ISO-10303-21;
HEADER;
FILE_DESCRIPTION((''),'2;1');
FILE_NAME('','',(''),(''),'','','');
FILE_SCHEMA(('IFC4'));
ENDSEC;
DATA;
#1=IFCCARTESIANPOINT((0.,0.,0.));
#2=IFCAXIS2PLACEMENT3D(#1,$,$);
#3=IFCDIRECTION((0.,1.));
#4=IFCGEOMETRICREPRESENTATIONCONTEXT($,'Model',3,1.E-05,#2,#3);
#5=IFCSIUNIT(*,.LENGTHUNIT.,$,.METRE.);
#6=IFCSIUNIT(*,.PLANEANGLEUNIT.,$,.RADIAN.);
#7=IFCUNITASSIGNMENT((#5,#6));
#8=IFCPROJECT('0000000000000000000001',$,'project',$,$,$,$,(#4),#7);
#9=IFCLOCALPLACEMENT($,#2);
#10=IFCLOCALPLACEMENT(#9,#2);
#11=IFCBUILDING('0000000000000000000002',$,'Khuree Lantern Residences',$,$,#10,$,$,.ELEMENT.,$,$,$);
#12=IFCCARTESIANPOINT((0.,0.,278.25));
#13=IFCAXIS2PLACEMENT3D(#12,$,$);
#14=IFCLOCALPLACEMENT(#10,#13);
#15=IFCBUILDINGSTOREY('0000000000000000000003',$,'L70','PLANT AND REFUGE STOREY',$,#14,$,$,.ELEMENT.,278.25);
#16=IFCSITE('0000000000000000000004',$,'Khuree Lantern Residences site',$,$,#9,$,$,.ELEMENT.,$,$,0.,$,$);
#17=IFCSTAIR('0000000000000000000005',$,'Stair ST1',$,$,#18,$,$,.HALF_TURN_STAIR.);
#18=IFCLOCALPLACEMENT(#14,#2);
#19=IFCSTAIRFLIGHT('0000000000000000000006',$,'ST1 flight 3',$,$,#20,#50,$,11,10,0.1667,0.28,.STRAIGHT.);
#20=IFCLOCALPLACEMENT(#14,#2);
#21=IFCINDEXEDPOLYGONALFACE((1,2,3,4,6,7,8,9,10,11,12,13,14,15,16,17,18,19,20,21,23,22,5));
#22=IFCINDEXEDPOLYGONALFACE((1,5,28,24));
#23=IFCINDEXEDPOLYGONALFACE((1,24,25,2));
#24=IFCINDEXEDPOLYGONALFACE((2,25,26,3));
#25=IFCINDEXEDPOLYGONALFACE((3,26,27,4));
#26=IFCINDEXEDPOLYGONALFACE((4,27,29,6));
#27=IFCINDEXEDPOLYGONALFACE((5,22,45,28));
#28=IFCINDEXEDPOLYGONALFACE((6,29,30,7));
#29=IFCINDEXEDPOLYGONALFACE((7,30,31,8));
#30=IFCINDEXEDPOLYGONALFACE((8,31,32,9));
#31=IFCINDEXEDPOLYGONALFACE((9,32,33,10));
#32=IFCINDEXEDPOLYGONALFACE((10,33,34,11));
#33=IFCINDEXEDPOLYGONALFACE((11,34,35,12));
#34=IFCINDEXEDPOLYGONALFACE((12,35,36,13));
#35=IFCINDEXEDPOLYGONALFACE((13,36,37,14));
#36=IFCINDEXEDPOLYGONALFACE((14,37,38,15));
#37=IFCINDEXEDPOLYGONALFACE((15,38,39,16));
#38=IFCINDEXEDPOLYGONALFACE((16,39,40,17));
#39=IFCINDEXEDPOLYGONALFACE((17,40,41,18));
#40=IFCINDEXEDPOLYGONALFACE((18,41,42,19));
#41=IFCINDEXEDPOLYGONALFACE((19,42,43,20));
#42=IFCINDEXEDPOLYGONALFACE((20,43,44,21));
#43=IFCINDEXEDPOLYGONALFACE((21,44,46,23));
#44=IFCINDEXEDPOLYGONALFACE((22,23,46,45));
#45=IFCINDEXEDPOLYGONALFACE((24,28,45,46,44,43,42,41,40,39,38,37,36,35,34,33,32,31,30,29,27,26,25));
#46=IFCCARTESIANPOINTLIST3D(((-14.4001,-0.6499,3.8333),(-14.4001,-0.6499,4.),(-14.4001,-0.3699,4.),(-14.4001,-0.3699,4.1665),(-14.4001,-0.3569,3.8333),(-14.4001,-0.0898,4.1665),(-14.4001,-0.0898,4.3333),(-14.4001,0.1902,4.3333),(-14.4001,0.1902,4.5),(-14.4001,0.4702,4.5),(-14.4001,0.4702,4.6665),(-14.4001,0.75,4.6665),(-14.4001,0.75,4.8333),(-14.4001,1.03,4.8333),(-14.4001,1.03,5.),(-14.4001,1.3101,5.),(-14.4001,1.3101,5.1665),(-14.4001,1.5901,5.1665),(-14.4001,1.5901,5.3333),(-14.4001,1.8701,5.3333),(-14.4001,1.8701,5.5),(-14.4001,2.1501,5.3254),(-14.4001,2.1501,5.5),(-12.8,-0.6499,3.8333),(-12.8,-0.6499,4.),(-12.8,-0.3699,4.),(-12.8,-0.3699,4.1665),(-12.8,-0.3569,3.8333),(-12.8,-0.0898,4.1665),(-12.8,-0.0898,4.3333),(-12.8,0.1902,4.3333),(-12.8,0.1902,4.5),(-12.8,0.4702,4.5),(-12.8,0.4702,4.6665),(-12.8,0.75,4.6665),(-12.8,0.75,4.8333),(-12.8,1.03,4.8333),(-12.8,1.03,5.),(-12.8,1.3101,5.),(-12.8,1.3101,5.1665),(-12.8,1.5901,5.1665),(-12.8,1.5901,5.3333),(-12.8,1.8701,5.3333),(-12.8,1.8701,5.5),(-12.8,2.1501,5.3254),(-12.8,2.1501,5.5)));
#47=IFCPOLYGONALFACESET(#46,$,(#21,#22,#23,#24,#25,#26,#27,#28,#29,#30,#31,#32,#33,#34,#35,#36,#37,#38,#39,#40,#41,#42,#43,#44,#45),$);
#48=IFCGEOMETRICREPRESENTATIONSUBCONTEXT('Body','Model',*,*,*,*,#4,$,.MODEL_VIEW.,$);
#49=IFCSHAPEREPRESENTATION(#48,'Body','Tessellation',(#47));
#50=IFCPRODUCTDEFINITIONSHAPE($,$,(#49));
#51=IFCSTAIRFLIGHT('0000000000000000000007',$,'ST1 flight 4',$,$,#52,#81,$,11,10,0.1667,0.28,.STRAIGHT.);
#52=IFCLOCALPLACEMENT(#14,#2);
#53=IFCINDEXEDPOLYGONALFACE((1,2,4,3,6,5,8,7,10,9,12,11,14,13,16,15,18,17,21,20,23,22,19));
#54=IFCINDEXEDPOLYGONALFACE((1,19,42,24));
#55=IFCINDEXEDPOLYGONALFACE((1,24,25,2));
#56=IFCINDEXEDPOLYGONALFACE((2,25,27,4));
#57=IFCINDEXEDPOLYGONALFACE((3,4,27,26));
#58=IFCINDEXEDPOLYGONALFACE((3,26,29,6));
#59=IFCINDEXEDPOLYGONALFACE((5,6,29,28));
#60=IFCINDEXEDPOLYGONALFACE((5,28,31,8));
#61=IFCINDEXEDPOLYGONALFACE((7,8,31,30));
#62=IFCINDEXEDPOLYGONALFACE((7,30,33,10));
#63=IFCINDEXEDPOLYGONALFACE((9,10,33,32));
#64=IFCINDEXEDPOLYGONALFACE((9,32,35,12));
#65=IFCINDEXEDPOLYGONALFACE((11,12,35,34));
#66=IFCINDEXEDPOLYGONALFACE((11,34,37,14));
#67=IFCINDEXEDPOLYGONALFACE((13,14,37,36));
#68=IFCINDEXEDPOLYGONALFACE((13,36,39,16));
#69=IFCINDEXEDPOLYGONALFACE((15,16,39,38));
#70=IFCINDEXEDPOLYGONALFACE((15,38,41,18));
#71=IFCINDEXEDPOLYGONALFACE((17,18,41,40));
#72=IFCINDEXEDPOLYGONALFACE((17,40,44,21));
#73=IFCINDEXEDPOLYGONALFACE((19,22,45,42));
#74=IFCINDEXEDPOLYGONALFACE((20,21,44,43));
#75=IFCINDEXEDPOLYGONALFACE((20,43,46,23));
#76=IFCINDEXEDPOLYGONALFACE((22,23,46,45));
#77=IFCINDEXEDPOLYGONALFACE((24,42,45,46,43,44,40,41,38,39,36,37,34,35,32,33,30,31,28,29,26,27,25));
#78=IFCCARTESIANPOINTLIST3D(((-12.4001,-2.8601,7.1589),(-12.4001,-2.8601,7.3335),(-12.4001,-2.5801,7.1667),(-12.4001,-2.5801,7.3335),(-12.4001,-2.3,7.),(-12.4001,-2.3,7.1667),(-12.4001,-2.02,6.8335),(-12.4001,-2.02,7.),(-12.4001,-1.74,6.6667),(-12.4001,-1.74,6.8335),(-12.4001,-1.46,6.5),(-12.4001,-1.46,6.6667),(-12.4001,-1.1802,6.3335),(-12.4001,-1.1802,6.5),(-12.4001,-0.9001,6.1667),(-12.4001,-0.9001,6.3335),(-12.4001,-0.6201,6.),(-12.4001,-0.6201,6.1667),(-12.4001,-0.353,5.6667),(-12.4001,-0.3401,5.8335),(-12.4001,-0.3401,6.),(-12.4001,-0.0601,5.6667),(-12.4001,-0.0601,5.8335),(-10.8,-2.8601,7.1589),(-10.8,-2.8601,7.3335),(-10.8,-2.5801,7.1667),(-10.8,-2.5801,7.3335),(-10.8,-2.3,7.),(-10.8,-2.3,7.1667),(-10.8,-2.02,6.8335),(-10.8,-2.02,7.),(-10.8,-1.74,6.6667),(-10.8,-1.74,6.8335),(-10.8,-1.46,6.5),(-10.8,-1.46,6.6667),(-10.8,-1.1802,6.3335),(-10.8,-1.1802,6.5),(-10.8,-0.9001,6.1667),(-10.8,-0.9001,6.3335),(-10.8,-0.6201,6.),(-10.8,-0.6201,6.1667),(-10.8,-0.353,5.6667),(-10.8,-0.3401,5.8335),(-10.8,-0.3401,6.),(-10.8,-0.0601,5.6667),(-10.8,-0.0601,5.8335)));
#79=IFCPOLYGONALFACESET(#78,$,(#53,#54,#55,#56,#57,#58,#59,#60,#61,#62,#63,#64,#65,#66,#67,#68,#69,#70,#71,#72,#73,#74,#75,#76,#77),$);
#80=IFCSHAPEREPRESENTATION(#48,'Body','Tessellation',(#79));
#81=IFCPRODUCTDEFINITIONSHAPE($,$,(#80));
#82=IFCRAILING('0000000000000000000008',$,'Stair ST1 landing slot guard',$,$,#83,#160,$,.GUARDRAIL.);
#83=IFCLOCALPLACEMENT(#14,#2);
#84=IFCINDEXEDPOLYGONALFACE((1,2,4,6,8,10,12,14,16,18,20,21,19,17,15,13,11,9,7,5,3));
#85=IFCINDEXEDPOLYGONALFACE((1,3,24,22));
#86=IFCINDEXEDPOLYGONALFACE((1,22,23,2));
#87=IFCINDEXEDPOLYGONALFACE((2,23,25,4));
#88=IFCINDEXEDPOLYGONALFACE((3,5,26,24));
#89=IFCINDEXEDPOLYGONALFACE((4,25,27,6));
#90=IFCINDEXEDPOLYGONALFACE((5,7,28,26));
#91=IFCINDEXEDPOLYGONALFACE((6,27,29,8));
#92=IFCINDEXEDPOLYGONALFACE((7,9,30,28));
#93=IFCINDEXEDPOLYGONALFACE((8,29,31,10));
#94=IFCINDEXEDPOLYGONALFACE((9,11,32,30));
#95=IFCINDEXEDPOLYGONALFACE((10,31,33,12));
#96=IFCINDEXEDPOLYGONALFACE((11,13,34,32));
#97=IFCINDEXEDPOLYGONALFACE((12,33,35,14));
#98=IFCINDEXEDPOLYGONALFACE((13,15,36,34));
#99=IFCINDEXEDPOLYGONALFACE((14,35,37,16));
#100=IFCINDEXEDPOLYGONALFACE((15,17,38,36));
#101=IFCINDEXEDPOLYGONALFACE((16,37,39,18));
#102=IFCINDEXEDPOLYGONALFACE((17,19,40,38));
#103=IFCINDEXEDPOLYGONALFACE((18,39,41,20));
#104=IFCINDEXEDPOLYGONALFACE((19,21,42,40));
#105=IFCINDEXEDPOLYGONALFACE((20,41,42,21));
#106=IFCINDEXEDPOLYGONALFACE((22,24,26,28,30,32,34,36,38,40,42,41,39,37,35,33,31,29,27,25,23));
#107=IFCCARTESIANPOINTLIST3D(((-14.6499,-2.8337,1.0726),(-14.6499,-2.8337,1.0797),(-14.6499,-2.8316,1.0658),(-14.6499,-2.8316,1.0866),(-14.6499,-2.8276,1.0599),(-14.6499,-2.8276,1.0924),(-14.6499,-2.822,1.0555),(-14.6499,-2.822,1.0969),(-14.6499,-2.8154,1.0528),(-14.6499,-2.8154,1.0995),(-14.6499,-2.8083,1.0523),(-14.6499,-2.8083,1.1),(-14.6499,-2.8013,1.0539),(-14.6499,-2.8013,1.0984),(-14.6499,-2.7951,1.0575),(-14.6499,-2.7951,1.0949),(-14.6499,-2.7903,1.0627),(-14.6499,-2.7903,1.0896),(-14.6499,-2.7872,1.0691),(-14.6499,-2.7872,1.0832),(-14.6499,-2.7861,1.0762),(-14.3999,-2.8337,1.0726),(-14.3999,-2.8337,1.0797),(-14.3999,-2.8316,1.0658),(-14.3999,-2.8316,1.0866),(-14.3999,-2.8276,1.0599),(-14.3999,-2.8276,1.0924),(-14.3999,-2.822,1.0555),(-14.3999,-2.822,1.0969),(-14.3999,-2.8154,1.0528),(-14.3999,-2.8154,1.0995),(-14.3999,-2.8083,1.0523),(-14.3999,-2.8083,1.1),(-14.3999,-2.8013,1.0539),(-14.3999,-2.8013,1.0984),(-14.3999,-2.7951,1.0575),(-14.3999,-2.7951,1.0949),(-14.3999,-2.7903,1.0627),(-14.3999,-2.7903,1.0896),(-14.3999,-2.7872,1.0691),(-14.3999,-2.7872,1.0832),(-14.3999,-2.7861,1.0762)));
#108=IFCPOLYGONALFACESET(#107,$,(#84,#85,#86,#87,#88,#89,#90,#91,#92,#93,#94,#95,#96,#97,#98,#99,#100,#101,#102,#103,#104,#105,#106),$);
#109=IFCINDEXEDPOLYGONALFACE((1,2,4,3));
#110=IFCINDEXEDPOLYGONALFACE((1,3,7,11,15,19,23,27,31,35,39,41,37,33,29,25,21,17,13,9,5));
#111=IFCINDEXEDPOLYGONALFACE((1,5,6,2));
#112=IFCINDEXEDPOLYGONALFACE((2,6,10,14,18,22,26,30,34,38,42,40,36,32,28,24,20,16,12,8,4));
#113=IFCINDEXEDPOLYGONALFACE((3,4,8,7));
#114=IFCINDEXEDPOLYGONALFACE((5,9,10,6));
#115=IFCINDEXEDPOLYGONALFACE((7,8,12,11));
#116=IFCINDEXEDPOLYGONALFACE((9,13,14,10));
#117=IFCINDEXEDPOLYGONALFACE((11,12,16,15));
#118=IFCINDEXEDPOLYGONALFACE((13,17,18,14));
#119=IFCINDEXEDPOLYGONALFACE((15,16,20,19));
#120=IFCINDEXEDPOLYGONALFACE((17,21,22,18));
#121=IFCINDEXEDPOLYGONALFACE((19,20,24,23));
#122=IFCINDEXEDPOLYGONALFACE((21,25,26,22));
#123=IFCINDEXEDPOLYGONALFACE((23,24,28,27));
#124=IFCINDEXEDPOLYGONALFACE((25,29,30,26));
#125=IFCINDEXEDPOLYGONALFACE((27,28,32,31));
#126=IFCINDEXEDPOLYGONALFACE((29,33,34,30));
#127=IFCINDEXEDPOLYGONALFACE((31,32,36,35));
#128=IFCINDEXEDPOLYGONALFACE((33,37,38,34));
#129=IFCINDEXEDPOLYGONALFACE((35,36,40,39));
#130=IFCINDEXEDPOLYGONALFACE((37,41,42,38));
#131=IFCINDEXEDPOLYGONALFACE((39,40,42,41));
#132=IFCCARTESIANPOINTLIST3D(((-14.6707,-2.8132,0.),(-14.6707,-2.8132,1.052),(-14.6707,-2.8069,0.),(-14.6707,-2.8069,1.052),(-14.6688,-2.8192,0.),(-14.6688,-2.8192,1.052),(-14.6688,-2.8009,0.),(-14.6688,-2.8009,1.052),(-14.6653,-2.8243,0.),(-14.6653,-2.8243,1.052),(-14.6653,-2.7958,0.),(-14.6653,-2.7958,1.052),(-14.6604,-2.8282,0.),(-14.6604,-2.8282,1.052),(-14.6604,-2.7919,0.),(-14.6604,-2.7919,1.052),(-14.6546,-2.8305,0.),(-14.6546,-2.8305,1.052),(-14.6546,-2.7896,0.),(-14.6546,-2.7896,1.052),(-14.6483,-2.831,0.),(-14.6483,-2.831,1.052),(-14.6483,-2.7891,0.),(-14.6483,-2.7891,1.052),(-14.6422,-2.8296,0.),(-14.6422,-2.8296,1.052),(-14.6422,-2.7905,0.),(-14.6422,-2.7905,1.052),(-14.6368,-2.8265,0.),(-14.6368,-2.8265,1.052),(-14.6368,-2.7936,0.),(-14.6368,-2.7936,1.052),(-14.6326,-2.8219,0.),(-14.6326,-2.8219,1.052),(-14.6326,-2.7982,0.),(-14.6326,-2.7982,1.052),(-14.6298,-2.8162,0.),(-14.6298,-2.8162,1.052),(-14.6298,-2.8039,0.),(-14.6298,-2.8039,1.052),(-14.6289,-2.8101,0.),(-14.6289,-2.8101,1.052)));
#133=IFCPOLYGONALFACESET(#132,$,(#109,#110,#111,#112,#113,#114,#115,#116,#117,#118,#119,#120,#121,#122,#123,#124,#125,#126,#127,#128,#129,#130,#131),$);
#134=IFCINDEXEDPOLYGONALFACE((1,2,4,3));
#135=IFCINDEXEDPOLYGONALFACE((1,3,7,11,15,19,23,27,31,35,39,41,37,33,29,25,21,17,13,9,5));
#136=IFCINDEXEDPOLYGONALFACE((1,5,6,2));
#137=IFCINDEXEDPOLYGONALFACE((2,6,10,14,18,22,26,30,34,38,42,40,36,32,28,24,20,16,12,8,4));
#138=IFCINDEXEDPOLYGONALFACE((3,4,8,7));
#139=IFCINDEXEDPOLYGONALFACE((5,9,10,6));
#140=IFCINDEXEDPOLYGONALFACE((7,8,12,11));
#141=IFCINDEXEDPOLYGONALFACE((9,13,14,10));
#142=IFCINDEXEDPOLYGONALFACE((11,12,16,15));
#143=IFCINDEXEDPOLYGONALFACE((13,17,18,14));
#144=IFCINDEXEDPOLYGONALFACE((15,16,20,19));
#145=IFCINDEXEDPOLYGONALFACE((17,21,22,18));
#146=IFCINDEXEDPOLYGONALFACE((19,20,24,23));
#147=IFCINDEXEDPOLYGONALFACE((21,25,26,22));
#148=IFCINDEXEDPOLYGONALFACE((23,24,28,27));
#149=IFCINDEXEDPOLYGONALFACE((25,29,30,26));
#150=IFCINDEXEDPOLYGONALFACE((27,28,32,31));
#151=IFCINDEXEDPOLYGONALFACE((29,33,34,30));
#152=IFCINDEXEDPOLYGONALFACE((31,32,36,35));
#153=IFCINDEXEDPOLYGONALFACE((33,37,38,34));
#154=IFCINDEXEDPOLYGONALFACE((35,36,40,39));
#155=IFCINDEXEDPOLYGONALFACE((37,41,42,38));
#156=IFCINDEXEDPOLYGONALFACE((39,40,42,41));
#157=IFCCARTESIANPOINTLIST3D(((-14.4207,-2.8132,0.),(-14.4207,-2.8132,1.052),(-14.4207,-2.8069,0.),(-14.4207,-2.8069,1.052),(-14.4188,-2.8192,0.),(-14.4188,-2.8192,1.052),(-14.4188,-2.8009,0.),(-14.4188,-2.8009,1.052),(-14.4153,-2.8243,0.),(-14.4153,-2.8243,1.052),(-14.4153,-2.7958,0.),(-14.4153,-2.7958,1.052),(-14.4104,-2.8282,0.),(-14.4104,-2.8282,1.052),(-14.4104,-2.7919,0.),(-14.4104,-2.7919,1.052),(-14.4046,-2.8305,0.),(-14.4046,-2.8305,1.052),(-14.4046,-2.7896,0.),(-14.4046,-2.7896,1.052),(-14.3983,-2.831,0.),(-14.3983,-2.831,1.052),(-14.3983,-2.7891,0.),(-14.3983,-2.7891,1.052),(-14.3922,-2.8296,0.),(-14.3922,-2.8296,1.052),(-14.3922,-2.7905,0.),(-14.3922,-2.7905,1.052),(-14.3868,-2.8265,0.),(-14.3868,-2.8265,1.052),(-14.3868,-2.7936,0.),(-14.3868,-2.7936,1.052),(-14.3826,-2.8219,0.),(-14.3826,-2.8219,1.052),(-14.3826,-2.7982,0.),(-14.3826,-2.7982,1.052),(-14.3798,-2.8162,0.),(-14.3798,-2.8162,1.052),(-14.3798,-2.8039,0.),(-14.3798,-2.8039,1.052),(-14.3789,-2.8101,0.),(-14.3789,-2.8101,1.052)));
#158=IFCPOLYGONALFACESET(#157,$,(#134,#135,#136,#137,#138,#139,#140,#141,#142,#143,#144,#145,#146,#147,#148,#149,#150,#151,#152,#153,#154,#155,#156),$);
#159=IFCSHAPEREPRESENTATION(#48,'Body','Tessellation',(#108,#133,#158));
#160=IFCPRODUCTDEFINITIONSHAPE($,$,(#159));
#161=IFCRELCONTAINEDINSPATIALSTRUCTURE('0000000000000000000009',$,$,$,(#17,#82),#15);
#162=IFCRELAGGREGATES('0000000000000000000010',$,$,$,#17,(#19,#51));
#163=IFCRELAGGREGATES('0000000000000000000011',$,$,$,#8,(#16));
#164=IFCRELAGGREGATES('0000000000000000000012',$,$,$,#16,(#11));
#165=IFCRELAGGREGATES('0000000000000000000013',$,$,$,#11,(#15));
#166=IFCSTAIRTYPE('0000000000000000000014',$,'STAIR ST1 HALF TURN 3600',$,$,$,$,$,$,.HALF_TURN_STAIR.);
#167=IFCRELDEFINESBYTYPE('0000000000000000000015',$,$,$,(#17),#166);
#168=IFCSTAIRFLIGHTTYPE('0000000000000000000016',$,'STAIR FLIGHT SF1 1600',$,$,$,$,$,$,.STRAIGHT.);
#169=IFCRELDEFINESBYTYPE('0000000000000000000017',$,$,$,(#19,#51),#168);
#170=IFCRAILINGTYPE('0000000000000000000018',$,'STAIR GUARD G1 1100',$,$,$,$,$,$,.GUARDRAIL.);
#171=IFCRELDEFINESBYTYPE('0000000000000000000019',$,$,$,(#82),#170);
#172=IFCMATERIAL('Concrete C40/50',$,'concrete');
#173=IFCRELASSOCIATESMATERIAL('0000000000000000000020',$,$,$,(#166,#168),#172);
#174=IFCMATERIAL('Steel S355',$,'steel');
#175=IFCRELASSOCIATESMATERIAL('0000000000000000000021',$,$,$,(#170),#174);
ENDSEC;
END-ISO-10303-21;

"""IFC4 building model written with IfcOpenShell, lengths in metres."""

from ifc_helpers import new_model, si_unit, direction, frame, origin, origin_2d, place, context, subcontext, project, spatial, polyline, circle, outline, extrude, material, type_object, element, aggregate, save


model = new_model("IFC4")

# Units and contexts
model_context = context("Model", 3, precision=1e-05, world=origin(), true_north=direction((0.0, 1.0)))
body_context = subcontext(model_context, "Body", "Model", "MODEL_VIEW")
ifc_project = project(units=[si_unit("LENGTHUNIT", "METRE"), si_unit("PLANEANGLEUNIT", "RADIAN")], contexts=[model_context])

# Site, building, storey
site_placement = place(None, origin())
site = spatial("IfcSite", under=ifc_project, at=site_placement, Name="Khuree Lantern Residences site", CompositionType="ELEMENT", RefElevation=0.0)
building_placement = place(site_placement, origin())
building = spatial("IfcBuilding", under=site, at=building_placement, Name="Khuree Lantern Residences", CompositionType="ELEMENT")
storey_placement = place(building_placement, frame((0.0, 0.0, 278.25)))
storey = spatial("IfcBuildingStorey", under=building, at=storey_placement, Name="L70", Description="PLANT AND REFUGE STOREY", CompositionType="ELEMENT", Elevation=278.25)

# Shared definitions
ifc_material_1 = material(Name="Steel S355", Category="steel")

# Stair, stair flights
ifc_material_2 = material(Name="Concrete C40/50", Category="concrete")
stair_type = type_object("IfcStairType", Name="STAIR ST1 HALF TURN 3600", PredefinedType="HALF_TURN_STAIR", material=ifc_material_2)
stair_placement = place(storey_placement, origin())
stair = element("IfcStair", 1, at=stair_placement, inside=storey, type_object=stair_type, Name="Stair ST1", PredefinedType="HALF_TURN_STAIR")
stair_flight_type = type_object("IfcStairFlightType", Name="STAIR FLIGHT SF1 1600", PredefinedType="STRAIGHT", material=ifc_material_2)
stair_flight_1_placement = place(storey_placement, frame((-13.6001, -0.6499, 3.8333), z_axis=(0.0, 0.0, 1.0), x_axis=(0.0, 1.0, 0.0)))
stair_flight_1 = element("IfcStairFlight", 2, at=stair_flight_1_placement, type_object=stair_flight_type, Name="ST1 flight 3", NumberOfRisers=11, NumberOfTreads=10, PredefinedType="STRAIGHT", RiserHeight=0.1667, TreadLength=0.28, context=body_context, shape_type="SweptSolid", body=[
    extrude(outline(polyline([(0.0, 0.0), (0.0, 0.1667), (0.28, 0.1667), (0.28, 0.3333), (0.5601, 0.3333), (0.5601, 0.5), (0.8401, 0.5), (0.8401, 0.6667), (1.1201, 0.6667), (1.1201, 0.8333), (1.3999, 0.8333), (1.3999, 1.0), (1.6799, 1.0), (1.6799, 1.1667), (1.96, 1.1667), (1.96, 1.3333), (2.24, 1.3333), (2.24, 1.5), (2.52, 1.5), (2.52, 1.6667), (2.8, 1.6667), (2.8, 1.8333), (2.8, 1.4922), (0.293, 0.0), (0.0, 0.0)])), frame((0.0, 0.8, 0.0), z_axis=(0.0, -1.0, 0.0), x_axis=(1.0, 0.0, 0.0)), (0.0, 0.0, 1.0), 1.6001),
])
stair_flight_2_placement = place(storey_placement, frame((-11.6001, -0.0601, 5.6667), z_axis=(0.0, 0.0, 1.0), x_axis=(0.0, -1.0, 0.0)))
stair_flight_2 = element("IfcStairFlight", 3, at=stair_flight_2_placement, type_object=stair_flight_type, Name="ST1 flight 4", NumberOfRisers=11, NumberOfTreads=10, PredefinedType="STRAIGHT", RiserHeight=0.1667, TreadLength=0.28, context=body_context, shape_type="SweptSolid", body=[
    extrude(outline(polyline([(0.0, 0.0), (0.0, 0.1667), (0.28, 0.1667), (0.28, 0.3333), (0.5601, 0.3333), (0.5601, 0.5), (0.8401, 0.5), (0.8401, 0.6667), (1.1201, 0.6667), (1.1201, 0.8333), (1.3999, 0.8333), (1.3999, 1.0), (1.6799, 1.0), (1.6799, 1.1667), (1.96, 1.1667), (1.96, 1.3333), (2.24, 1.3333), (2.24, 1.5), (2.52, 1.5), (2.52, 1.6667), (2.8, 1.6667), (2.8, 1.8333), (2.8, 1.4922), (0.293, 0.0), (0.0, 0.0)])), frame((0.0, 0.8, 0.0), z_axis=(0.0, -1.0, 0.0), x_axis=(1.0, 0.0, 0.0)), (0.0, 0.0, 1.0), 1.6001),
])
aggregate(stair, [stair_flight_1, stair_flight_2])

# Railing
railing_type_1 = type_object("IfcRailingType", Name="STAIR GUARD G1 1100", PredefinedType="GUARDRAIL", material=ifc_material_1)
for number, where, name in (
    (4, (-14.6499, -2.8101, 0.0), "Stair ST1 landing slot guard"),
):
    element("IfcRailing", number, at=place(storey_placement, frame(where)), inside=storey, type_object=railing_type_1, Name=name, PredefinedType="GUARDRAIL", context=body_context, shape_type="SweptSolid", body=[
        extrude(circle(Radius=0.0239, at=origin_2d()), frame((0.0, 0.0, 1.0762), z_axis=(1.0, 0.0, 0.0), x_axis=(0.0, 1.0, 0.0)), (0.0, 0.0, 1.0), 0.25),
        extrude(circle(Radius=0.021, at=origin_2d()), origin(), (0.0, 0.0, 1.0), 1.052),
        extrude(circle(Radius=0.021, at=origin_2d()), frame((0.25, 0.0, 0.0)), (0.0, 0.0, 1.0), 1.052),
    ])

save(model, "model.ifc")
